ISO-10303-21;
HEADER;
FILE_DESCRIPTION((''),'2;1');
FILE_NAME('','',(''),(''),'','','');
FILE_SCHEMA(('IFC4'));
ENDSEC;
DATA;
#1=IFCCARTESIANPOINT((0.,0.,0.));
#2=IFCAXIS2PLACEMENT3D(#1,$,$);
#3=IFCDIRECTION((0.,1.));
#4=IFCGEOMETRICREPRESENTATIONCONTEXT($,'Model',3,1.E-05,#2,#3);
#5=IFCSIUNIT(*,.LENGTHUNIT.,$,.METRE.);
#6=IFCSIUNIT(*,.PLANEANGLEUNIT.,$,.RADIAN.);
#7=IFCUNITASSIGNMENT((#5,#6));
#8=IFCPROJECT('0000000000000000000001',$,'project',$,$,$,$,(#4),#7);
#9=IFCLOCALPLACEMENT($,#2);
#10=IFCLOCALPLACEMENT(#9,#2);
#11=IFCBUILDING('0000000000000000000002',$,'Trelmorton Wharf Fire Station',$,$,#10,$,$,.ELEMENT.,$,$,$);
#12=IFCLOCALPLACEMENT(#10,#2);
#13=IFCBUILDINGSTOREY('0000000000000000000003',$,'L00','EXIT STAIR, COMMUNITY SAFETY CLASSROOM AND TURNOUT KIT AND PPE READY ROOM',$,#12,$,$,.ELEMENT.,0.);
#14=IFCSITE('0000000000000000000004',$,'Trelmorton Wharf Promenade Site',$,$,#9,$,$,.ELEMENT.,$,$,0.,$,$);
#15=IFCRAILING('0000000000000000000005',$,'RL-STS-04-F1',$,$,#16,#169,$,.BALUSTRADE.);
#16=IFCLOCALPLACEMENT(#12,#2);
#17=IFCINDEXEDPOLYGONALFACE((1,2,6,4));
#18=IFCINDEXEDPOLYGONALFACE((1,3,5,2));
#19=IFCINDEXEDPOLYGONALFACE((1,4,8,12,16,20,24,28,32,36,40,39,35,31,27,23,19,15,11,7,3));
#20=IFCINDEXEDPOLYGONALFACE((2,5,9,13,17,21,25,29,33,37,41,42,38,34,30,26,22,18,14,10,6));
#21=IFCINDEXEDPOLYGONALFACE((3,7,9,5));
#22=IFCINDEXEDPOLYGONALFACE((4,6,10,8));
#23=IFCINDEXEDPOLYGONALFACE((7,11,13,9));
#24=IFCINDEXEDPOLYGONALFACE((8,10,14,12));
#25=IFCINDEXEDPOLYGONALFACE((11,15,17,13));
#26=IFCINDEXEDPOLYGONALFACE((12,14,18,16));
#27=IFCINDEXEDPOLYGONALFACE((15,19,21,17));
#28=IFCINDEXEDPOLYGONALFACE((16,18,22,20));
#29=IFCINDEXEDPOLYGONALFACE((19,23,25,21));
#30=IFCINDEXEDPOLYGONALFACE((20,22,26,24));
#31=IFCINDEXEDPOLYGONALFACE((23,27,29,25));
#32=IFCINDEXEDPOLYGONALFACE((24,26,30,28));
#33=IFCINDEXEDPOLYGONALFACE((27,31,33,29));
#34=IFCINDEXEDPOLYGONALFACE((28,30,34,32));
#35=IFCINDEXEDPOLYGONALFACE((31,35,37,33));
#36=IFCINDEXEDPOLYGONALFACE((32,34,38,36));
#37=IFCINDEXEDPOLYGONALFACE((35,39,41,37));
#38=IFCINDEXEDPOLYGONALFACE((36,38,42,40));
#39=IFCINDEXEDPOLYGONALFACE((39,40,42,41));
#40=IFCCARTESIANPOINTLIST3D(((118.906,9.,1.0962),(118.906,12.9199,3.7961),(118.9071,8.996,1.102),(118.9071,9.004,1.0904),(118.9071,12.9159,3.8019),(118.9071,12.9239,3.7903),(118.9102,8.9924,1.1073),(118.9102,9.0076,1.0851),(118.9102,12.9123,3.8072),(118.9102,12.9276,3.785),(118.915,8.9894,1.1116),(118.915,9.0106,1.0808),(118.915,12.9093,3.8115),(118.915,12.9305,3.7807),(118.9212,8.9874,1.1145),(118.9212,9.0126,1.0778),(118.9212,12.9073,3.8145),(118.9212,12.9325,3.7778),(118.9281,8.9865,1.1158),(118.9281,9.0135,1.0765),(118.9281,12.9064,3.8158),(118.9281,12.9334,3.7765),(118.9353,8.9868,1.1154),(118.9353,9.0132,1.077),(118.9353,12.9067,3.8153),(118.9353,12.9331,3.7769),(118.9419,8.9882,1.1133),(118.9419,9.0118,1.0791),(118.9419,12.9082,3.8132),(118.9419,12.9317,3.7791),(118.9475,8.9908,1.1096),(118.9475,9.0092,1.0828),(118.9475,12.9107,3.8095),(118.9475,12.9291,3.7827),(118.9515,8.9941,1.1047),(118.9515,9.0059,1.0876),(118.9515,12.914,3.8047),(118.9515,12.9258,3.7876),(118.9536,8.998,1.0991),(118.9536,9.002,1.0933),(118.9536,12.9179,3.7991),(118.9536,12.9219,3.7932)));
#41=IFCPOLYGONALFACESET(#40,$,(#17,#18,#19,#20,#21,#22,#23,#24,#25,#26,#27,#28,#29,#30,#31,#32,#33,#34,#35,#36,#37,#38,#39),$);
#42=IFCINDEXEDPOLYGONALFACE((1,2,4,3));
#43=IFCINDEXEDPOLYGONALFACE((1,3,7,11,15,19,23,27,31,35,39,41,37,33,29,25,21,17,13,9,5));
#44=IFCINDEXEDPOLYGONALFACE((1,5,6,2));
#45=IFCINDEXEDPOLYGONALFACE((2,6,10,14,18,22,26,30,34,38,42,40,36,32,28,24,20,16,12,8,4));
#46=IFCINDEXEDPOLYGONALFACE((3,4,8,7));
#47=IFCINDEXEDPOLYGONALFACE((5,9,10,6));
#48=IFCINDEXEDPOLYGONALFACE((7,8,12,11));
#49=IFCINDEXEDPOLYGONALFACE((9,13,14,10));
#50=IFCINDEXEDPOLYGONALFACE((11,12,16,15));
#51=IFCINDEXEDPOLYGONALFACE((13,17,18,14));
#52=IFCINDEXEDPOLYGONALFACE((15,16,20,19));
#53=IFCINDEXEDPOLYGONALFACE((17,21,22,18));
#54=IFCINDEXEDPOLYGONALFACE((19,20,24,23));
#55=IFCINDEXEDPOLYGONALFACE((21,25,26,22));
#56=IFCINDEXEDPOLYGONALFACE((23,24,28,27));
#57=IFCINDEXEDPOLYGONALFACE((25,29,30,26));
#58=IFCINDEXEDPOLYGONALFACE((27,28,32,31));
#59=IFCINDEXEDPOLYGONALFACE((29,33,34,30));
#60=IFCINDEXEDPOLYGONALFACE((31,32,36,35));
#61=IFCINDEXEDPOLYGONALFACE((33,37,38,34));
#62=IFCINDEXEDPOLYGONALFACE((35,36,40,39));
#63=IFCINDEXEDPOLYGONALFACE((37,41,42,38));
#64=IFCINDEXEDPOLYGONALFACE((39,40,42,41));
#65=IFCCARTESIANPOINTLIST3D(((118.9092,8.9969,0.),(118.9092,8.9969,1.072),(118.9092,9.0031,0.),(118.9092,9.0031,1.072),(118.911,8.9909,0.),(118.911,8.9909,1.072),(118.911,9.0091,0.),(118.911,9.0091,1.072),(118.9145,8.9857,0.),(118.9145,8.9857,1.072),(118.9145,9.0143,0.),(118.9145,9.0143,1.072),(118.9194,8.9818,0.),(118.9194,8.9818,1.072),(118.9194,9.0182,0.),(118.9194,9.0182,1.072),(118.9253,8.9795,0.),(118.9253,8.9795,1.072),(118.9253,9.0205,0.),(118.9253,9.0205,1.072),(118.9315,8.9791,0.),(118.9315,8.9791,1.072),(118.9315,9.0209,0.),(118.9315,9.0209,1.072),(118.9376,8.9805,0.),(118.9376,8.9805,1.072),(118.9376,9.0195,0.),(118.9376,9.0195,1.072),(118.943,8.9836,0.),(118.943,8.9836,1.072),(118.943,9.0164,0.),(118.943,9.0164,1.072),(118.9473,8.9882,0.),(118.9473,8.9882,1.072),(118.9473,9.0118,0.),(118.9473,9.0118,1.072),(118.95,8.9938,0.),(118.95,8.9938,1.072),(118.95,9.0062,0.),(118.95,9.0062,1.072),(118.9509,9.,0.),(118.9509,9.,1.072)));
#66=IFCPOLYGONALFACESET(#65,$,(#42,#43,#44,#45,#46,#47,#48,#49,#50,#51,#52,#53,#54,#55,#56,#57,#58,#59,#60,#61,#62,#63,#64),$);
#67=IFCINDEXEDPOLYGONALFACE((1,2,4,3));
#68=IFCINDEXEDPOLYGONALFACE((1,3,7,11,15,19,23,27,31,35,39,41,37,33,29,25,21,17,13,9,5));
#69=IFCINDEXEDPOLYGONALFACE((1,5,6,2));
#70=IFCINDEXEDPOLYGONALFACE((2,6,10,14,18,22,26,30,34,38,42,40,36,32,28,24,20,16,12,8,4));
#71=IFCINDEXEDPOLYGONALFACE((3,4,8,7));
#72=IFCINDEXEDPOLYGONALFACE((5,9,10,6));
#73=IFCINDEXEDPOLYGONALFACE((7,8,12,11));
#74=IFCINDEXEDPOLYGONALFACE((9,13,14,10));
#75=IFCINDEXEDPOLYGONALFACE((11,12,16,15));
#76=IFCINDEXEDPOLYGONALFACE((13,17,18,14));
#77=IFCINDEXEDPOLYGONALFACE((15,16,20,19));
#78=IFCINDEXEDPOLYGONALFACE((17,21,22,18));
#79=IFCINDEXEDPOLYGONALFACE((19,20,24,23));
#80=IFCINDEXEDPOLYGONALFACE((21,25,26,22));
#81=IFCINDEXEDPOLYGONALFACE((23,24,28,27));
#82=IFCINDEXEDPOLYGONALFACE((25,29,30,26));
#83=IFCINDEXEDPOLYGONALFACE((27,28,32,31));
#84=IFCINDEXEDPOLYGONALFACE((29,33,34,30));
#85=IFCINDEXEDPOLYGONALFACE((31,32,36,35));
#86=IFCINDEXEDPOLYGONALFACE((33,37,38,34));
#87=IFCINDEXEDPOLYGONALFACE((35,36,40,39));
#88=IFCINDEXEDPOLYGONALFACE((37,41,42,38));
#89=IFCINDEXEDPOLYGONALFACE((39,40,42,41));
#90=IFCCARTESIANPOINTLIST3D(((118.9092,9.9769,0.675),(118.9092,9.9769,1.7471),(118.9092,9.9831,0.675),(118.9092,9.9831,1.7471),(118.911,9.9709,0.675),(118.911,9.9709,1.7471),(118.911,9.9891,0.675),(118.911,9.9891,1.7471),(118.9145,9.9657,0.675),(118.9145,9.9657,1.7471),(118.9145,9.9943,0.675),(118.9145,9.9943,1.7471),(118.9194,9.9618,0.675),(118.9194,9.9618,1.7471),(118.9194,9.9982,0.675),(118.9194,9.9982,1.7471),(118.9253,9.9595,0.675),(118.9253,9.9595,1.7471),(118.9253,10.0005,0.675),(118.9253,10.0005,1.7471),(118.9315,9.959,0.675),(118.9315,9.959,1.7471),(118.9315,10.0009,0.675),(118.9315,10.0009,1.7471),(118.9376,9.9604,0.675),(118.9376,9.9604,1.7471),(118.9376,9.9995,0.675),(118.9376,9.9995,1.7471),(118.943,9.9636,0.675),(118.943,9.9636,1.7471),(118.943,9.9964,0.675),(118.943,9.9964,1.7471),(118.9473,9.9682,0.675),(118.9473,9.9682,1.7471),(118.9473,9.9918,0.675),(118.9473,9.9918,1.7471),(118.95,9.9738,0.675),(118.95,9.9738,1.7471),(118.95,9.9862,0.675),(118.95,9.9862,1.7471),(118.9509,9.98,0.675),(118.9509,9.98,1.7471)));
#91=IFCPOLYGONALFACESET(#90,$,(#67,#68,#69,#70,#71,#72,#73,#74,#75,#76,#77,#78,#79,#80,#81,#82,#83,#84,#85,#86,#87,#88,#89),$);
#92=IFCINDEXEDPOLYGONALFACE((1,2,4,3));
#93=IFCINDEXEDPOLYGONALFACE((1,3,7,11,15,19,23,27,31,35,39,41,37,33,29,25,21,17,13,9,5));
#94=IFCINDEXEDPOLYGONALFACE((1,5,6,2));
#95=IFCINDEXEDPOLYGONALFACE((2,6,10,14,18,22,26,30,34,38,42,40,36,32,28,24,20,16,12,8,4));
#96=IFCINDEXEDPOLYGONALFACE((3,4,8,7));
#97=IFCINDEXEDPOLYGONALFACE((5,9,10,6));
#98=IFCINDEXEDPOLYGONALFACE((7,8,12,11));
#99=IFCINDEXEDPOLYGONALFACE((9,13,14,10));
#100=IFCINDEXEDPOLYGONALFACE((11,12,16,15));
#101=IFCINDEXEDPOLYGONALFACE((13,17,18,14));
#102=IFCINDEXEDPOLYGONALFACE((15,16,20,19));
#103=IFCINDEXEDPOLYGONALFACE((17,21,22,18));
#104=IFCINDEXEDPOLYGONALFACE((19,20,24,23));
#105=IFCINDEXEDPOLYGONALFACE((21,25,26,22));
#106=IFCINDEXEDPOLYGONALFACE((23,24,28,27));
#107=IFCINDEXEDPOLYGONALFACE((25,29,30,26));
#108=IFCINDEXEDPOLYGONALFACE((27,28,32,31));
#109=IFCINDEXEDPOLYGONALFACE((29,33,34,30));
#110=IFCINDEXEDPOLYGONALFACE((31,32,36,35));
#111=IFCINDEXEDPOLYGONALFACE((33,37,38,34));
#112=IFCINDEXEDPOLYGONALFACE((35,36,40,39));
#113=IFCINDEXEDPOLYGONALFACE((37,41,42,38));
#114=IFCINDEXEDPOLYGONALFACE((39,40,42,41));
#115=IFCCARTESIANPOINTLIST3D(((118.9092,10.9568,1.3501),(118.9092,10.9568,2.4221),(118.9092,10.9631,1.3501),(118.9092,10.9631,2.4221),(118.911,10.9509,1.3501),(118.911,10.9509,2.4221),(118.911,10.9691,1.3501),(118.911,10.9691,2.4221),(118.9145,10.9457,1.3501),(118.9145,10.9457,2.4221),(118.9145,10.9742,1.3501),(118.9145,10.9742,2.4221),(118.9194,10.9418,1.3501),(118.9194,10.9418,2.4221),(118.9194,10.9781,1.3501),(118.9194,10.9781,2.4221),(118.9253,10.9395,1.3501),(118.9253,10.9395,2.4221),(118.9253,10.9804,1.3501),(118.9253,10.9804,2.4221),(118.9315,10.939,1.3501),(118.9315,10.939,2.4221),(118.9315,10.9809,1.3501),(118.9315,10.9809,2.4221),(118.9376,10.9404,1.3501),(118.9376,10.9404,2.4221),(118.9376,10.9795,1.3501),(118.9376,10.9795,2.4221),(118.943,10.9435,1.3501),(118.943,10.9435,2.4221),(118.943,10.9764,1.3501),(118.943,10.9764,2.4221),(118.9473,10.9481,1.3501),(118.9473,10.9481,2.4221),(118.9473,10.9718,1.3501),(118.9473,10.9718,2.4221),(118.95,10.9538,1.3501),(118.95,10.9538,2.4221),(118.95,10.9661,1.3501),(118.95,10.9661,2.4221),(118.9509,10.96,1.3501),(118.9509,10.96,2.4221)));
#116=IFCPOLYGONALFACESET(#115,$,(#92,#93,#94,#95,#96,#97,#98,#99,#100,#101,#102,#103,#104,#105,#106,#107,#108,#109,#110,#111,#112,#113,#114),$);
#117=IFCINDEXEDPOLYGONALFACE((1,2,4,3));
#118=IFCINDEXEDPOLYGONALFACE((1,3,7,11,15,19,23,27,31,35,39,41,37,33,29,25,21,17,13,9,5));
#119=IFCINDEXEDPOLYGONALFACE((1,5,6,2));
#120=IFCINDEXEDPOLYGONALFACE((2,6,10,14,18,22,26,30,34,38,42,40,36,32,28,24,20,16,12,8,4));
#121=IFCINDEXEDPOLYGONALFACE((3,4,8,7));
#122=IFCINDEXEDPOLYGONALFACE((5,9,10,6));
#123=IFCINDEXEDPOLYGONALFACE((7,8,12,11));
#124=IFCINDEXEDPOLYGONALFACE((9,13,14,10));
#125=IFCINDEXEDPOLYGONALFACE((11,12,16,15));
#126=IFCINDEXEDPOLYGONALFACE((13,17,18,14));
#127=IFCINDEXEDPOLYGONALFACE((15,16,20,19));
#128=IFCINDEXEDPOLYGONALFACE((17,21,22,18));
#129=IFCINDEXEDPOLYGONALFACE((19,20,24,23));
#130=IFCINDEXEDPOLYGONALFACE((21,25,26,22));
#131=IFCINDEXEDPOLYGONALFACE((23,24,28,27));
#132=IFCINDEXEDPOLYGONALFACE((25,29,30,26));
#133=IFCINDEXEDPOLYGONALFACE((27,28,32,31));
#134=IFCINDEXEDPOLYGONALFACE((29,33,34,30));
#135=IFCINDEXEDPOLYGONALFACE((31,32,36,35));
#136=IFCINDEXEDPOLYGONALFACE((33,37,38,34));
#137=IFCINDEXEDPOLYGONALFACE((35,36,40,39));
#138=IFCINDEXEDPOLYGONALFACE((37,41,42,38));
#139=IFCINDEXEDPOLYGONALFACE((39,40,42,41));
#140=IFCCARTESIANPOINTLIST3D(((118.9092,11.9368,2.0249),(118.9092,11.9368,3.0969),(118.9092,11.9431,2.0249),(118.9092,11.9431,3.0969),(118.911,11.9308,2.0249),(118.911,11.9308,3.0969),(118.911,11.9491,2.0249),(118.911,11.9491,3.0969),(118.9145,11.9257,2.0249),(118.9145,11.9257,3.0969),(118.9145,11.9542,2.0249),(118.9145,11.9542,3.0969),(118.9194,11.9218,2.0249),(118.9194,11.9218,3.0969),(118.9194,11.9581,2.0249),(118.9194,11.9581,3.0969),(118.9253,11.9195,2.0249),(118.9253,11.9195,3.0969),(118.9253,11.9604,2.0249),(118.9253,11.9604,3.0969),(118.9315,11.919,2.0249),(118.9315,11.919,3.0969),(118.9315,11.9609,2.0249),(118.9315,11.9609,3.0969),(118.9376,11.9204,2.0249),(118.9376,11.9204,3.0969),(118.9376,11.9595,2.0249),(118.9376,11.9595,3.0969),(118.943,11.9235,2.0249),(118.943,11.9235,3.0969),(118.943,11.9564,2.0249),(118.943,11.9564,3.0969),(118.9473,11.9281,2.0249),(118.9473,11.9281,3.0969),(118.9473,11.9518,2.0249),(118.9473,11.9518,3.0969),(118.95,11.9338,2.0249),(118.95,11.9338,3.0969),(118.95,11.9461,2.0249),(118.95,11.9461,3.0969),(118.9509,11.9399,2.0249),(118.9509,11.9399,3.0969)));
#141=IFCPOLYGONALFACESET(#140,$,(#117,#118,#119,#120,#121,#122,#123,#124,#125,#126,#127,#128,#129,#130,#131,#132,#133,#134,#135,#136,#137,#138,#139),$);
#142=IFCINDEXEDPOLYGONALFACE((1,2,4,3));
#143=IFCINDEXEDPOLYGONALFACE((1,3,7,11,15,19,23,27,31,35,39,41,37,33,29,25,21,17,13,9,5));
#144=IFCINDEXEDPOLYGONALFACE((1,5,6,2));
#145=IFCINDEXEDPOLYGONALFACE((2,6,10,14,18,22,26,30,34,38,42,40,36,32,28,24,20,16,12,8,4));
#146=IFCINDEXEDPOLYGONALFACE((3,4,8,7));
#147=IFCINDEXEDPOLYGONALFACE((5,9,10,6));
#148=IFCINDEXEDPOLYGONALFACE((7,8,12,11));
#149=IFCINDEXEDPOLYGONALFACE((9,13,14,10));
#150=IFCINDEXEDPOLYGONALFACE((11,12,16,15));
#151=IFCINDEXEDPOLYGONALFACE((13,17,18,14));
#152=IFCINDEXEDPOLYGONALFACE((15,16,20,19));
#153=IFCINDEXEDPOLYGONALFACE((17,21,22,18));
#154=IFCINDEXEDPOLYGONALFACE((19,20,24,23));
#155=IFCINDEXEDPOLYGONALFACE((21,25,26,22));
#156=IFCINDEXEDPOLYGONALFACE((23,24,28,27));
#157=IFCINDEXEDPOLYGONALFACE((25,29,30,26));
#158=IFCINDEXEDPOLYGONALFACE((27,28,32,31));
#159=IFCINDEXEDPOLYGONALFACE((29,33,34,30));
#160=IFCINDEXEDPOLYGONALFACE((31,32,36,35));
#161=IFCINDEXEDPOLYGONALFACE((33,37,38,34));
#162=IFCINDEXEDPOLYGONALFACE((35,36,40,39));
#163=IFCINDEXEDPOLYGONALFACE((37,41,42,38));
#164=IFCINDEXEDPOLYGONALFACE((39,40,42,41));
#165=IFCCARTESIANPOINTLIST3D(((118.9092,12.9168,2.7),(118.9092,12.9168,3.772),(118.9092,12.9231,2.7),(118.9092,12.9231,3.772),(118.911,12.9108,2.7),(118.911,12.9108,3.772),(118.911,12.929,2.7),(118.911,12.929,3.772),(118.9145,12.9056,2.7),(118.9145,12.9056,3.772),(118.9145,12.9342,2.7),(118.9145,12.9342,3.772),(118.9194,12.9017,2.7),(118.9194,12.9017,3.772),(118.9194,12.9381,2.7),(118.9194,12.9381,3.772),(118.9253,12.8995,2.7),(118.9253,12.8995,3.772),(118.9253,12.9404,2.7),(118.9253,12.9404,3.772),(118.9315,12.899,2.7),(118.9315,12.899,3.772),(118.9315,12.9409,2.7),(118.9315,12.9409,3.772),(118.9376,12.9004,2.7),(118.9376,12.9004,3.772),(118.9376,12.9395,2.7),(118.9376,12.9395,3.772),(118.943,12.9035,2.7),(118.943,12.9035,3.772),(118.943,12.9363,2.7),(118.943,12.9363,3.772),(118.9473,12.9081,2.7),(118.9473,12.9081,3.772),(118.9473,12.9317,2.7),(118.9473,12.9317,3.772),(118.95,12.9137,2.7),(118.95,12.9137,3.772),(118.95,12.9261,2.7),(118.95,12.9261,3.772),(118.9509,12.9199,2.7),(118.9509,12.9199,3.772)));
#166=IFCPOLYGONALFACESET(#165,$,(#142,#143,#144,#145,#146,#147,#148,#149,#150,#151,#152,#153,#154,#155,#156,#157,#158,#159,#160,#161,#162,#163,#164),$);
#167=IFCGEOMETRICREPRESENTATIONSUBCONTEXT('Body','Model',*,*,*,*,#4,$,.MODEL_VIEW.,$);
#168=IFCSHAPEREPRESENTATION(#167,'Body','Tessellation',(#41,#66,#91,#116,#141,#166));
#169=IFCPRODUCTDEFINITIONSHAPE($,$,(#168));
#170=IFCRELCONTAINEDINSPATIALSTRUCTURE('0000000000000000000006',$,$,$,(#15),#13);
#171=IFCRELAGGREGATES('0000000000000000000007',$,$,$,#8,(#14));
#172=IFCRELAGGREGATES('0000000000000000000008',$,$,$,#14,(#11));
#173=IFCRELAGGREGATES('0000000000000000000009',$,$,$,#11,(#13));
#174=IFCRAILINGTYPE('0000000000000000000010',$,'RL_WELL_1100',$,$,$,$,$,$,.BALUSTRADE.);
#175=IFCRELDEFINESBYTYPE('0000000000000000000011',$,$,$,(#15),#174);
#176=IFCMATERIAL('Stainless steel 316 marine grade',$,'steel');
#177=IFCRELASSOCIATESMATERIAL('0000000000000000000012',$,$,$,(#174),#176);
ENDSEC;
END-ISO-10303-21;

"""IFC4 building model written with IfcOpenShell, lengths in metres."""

from ifc_helpers import new_model, si_unit, direction, frame, origin, origin_2d, place, context, subcontext, project, spatial, circle, extrude, material, type_object, element, save


model = new_model("IFC4")

# Units and contexts
model_context = context("Model", 3, precision=1e-05, world=origin(), true_north=direction((0.0, 1.0)))
body_context = subcontext(model_context, "Body", "Model", "MODEL_VIEW")
ifc_project = project(units=[si_unit("LENGTHUNIT", "METRE"), si_unit("PLANEANGLEUNIT", "RADIAN")], contexts=[model_context])

# Site, building, storey
site_placement = place(None, origin())
site = spatial("IfcSite", under=ifc_project, at=site_placement, Name="Trelmorton Wharf Promenade Site", CompositionType="ELEMENT", RefElevation=0.0)
building_placement = place(site_placement, origin())
building = spatial("IfcBuilding", under=site, at=building_placement, Name="Trelmorton Wharf Fire Station", CompositionType="ELEMENT")
storey_placement = place(building_placement, origin())
storey = spatial("IfcBuildingStorey", under=building, at=storey_placement, Name="L00", Description="EXIT STAIR, COMMUNITY SAFETY CLASSROOM AND TURNOUT KIT AND PPE READY ROOM", CompositionType="ELEMENT", Elevation=0.0)

# Railing
ifc_material_1 = material(Name="Stainless steel 316 marine grade", Category="steel")
railing_type = type_object("IfcRailingType", Name="RL_WELL_1100", PredefinedType="BALUSTRADE", material=ifc_material_1)
railing_placement = place(storey_placement, frame((118.9299, 9.0, 0.0)))
element("IfcRailing", 1, at=railing_placement, inside=storey, type_object=railing_type, Name="RL-STS-04-F1", PredefinedType="BALUSTRADE", context=body_context, shape_type="SweptSolid", body=[
    extrude(circle(Radius=0.0239, at=origin_2d()), frame((0.0, 0.0, 1.0962), z_axis=(0.0, 0.823551, 0.567243), x_axis=(-1.0, 0.0, 0.0)), (0.0, 0.0, 1.0), 4.7598),
    extrude(circle(Radius=0.021, at=origin_2d()), origin(), (0.0, 0.0, 1.0), 1.072),
    extrude(circle(Radius=0.021, at=origin_2d()), frame((0.0, 0.98, 0.675)), (0.0, 0.0, 1.0), 1.072),
    extrude(circle(Radius=0.021, at=origin_2d()), frame((0.0, 1.96, 1.3501)), (0.0, 0.0, 1.0), 1.072),
    extrude(circle(Radius=0.021, at=origin_2d()), frame((0.0, 2.9399, 2.0249)), (0.0, 0.0, 1.0), 1.072),
    extrude(circle(Radius=0.021, at=origin_2d()), frame((0.0, 3.9199, 2.7)), (0.0, 0.0, 1.0), 1.072),
])

save(model, "model.ifc")
